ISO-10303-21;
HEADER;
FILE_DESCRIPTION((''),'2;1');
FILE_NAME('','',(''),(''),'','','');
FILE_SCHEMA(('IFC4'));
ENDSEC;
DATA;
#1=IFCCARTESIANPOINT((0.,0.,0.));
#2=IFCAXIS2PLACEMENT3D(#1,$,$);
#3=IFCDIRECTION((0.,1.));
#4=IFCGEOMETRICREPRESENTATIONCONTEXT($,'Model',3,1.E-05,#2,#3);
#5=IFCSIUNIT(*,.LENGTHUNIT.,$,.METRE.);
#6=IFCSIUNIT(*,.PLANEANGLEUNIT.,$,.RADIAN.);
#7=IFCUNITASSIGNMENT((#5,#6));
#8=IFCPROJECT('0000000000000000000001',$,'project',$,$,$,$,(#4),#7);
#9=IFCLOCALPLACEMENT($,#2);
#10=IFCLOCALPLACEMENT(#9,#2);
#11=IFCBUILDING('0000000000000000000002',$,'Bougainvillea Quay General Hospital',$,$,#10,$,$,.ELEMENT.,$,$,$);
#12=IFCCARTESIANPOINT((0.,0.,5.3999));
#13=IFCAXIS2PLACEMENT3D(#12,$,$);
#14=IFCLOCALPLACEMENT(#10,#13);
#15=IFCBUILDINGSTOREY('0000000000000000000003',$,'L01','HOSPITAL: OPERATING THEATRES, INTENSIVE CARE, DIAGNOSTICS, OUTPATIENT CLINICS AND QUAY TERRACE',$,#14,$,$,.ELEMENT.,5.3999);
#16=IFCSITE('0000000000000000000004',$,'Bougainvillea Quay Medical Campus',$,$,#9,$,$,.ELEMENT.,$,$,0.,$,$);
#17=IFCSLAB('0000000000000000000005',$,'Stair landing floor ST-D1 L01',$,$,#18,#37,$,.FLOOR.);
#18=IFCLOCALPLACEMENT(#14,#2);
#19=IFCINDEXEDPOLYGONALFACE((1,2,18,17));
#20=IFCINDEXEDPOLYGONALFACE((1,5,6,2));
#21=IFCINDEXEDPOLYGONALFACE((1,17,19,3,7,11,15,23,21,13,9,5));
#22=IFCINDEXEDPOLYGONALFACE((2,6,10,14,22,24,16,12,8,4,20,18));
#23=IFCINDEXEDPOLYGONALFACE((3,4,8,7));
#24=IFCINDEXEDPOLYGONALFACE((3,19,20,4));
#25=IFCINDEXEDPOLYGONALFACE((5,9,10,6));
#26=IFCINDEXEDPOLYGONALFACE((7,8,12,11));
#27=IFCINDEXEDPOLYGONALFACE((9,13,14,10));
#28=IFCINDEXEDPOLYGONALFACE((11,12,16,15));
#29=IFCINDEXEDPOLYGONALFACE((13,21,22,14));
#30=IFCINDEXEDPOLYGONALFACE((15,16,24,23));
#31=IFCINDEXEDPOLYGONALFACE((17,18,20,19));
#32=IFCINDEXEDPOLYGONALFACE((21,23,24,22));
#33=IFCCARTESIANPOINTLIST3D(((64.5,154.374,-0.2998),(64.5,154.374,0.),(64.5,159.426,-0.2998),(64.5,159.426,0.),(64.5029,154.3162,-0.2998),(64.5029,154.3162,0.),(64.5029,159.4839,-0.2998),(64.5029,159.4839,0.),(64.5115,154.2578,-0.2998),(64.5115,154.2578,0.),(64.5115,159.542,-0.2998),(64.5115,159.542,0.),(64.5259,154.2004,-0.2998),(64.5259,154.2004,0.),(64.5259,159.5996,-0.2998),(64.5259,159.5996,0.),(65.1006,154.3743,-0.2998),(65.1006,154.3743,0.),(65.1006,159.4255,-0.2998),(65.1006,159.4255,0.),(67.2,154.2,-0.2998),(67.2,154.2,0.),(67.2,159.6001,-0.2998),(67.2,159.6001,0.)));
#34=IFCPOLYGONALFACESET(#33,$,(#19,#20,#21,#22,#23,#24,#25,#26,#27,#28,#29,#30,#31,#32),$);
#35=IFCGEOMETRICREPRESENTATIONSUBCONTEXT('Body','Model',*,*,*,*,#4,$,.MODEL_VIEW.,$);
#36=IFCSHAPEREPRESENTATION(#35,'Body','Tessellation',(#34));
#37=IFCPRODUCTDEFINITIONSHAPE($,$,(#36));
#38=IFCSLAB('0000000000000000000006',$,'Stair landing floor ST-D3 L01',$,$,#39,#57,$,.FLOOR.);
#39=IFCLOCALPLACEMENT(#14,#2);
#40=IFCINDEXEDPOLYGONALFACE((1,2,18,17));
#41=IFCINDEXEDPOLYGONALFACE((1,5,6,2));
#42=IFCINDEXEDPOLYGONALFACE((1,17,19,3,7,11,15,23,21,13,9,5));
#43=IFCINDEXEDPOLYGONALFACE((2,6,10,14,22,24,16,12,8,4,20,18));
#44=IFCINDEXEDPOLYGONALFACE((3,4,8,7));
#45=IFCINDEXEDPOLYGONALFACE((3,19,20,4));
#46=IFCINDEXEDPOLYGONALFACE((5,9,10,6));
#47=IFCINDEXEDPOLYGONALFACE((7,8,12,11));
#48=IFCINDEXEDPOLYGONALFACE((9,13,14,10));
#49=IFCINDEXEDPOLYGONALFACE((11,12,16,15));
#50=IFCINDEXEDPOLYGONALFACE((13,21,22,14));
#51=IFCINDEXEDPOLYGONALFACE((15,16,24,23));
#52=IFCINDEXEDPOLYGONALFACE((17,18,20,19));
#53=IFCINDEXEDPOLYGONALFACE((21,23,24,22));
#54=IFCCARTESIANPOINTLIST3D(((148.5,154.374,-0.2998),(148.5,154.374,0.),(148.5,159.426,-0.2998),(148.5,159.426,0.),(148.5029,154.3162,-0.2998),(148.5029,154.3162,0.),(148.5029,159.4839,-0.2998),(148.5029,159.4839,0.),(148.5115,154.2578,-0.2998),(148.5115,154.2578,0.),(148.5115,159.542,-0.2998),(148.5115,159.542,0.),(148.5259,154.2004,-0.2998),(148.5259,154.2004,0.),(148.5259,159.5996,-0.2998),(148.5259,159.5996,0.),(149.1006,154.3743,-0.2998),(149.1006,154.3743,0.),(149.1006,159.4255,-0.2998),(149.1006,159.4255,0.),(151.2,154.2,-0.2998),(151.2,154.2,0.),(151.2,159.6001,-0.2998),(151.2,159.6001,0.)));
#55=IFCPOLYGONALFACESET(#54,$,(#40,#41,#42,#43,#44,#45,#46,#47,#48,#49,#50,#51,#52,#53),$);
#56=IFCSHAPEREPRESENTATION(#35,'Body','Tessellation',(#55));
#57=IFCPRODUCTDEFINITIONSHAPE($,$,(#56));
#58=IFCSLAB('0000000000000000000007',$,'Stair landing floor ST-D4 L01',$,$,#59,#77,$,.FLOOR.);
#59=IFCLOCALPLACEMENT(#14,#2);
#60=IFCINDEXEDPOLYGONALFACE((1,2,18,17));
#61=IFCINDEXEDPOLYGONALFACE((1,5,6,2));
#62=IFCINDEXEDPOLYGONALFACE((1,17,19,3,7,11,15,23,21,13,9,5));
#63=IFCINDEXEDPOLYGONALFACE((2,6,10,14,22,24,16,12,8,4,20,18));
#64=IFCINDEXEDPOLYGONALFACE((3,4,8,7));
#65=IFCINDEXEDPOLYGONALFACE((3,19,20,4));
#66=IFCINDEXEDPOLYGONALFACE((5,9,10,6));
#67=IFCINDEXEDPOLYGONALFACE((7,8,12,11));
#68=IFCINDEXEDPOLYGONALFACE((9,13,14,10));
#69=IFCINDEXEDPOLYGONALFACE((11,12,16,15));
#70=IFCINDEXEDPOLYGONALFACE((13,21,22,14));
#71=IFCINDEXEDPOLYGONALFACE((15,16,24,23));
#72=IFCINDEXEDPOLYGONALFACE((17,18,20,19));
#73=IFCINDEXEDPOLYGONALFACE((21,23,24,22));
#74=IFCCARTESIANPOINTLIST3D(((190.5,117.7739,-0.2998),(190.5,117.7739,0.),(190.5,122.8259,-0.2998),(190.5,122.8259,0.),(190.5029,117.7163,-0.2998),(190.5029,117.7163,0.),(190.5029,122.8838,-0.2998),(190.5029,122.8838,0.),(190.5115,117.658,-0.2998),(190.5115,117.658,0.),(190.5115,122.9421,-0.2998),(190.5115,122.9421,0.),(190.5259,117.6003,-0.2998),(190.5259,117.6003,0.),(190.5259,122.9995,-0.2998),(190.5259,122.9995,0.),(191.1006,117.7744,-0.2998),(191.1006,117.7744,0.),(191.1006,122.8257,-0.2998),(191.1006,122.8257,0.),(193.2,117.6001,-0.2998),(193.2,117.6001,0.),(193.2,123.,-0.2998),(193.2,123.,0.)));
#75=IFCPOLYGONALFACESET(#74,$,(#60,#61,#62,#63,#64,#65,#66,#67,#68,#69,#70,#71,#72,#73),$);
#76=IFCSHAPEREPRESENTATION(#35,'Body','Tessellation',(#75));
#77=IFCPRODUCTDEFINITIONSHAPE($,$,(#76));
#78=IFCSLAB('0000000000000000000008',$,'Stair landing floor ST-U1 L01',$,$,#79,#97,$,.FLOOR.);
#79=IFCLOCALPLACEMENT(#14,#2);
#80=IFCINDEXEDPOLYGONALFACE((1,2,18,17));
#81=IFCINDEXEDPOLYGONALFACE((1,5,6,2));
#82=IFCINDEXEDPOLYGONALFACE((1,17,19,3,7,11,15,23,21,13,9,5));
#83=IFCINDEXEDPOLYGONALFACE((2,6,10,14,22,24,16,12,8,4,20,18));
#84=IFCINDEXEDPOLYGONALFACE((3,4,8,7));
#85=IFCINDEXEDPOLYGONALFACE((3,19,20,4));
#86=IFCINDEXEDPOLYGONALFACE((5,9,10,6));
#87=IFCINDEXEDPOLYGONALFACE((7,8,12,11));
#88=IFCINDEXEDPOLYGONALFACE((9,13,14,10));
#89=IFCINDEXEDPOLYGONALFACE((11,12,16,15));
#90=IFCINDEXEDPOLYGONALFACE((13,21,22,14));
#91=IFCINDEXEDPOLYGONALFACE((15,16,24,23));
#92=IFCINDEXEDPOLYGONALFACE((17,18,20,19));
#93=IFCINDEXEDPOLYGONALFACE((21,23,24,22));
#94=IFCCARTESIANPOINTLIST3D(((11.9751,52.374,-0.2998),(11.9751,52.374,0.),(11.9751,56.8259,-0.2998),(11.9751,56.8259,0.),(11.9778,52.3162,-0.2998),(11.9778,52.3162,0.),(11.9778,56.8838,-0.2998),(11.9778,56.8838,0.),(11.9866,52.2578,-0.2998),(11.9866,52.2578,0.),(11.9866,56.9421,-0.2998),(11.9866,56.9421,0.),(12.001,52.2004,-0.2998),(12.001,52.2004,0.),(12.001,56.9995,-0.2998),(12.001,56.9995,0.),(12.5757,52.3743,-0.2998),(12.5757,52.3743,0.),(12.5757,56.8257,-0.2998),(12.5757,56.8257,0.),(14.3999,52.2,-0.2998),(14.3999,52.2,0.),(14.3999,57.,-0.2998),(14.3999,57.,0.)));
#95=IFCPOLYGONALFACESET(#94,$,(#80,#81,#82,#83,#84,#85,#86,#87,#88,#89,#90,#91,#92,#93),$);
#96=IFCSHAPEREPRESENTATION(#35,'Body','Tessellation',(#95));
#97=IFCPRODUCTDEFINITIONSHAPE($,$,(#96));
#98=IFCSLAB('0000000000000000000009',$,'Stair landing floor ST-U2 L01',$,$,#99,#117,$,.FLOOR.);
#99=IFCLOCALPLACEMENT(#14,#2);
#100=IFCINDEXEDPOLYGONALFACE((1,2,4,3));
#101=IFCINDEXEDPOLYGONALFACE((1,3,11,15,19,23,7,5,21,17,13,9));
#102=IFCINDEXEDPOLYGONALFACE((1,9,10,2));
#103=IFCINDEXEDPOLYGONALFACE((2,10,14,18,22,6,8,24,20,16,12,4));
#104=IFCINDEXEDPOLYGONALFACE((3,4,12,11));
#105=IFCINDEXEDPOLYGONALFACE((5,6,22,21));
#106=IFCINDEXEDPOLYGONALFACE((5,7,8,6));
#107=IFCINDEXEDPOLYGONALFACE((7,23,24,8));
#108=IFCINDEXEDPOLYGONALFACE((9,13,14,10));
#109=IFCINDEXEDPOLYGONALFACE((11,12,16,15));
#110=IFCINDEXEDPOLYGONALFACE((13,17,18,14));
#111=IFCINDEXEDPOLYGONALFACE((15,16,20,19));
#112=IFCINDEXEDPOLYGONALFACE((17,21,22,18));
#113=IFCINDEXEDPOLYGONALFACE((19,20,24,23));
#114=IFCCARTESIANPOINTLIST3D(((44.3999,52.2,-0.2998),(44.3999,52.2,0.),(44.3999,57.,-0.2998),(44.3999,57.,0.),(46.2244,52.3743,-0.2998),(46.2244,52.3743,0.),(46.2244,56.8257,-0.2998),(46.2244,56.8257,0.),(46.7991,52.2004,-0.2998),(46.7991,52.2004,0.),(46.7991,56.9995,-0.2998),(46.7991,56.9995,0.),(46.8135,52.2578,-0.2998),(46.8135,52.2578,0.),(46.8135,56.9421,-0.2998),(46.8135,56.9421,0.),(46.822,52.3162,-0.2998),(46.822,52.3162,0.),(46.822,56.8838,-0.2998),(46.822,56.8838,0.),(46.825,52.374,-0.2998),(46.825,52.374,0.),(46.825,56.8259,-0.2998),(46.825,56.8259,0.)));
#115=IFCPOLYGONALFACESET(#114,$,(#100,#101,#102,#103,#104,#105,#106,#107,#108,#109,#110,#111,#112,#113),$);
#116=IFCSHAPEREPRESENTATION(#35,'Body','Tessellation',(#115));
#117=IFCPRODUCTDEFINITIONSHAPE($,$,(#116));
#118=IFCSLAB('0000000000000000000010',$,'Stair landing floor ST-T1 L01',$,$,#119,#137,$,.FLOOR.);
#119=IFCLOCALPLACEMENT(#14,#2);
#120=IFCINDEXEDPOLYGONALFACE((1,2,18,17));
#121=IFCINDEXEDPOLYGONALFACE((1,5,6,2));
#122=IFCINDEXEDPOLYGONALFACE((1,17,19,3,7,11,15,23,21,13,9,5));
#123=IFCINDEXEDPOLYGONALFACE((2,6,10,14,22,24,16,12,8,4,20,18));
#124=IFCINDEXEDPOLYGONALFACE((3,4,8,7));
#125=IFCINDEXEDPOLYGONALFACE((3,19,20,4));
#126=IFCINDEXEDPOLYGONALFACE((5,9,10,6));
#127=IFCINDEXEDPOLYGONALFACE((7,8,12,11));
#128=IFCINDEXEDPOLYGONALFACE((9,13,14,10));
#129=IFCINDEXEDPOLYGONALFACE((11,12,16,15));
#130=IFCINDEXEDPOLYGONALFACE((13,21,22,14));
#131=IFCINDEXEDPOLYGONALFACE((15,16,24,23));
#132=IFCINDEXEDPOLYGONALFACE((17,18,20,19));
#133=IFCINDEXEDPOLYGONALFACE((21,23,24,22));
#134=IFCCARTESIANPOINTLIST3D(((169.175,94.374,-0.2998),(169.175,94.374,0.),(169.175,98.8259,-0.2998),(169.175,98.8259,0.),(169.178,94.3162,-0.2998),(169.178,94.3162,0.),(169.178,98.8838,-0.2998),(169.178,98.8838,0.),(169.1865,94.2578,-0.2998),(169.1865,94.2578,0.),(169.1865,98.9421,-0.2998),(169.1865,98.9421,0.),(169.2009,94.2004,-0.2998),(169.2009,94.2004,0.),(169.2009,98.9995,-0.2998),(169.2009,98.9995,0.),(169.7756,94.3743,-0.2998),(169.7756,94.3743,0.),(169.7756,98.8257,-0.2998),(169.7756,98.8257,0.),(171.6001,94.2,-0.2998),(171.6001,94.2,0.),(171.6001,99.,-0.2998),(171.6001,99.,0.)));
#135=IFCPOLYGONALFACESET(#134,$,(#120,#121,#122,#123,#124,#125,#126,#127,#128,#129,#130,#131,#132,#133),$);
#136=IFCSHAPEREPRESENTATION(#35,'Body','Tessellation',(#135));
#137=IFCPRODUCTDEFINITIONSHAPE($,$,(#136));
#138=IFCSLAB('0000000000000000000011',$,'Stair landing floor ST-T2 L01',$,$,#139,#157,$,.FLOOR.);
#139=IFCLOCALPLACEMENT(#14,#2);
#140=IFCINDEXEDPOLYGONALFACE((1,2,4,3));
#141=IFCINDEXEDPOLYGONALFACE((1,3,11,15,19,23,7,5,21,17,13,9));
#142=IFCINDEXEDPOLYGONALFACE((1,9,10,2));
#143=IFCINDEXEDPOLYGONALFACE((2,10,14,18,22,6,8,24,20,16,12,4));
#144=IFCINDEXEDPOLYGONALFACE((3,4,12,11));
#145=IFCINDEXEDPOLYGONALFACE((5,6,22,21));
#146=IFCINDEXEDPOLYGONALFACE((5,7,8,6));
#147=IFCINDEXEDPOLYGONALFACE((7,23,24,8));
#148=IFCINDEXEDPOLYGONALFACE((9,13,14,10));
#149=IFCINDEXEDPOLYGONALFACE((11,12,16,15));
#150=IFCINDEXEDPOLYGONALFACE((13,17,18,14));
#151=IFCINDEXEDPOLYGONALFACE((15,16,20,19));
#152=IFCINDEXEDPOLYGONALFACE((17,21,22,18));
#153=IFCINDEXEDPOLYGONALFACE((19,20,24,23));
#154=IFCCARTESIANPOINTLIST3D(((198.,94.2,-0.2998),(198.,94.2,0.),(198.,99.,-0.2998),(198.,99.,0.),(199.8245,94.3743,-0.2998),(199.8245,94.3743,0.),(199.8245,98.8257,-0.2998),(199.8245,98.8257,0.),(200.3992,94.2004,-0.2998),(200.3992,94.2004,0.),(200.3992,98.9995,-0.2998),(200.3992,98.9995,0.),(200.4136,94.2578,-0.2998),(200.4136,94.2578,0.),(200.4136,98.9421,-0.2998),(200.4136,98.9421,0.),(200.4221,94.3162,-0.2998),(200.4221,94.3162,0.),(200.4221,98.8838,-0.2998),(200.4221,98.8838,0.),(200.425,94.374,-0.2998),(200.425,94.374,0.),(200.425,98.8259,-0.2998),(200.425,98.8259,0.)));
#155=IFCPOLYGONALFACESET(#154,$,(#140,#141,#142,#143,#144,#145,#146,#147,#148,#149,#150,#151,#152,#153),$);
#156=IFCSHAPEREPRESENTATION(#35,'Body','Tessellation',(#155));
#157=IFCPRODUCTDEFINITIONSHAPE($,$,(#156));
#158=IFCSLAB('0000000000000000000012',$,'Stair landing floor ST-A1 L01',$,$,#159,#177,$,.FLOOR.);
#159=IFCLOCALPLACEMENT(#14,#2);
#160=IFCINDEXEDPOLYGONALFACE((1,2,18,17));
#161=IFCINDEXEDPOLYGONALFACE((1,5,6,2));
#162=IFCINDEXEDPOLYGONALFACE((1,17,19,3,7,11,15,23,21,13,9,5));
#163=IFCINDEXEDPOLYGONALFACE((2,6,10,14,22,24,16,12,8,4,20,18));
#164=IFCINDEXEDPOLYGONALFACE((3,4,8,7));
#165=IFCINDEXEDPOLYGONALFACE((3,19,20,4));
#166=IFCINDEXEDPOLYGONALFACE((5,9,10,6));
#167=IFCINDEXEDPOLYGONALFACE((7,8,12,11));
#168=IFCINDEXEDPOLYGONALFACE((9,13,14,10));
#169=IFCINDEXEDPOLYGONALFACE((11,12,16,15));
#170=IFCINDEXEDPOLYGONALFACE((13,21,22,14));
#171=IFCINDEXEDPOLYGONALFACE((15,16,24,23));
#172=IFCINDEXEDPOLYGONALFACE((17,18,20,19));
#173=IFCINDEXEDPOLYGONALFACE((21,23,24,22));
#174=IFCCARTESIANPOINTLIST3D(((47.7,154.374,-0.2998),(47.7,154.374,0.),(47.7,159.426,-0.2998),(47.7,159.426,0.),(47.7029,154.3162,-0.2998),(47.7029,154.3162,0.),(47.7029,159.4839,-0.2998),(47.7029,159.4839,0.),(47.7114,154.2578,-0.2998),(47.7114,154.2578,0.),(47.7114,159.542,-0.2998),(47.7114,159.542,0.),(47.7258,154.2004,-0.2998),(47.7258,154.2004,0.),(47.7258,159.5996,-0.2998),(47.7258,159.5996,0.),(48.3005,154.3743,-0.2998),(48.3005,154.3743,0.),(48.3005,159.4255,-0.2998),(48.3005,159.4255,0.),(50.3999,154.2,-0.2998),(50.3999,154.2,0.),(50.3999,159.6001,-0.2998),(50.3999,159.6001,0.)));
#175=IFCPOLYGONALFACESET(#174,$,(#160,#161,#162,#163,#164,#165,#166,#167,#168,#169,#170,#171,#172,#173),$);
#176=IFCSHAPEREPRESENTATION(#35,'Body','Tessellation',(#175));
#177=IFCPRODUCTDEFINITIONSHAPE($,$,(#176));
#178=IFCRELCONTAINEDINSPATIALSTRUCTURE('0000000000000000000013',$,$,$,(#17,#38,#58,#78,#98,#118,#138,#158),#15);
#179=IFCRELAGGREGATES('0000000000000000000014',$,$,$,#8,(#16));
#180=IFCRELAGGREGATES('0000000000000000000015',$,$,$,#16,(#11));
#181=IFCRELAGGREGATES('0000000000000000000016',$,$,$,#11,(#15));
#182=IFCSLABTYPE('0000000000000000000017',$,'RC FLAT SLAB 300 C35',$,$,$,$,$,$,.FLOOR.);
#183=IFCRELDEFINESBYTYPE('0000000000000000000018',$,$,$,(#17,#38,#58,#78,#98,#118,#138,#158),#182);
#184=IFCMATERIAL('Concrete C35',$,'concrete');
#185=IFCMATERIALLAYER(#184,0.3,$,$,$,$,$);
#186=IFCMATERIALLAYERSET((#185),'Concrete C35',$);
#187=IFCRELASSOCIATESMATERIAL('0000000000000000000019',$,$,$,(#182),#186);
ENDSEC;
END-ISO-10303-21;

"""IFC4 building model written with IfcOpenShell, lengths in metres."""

from ifc_helpers import new_model, si_unit, direction, frame, origin, place, context, subcontext, project, spatial, polyline, outline, extrude, material, layer, layer_set, type_object, element, save


model = new_model("IFC4")

# Units and contexts
model_context = context("Model", 3, precision=1e-05, world=origin(), true_north=direction((0.0, 1.0)))
body_context = subcontext(model_context, "Body", "Model", "MODEL_VIEW")
ifc_project = project(units=[si_unit("LENGTHUNIT", "METRE"), si_unit("PLANEANGLEUNIT", "RADIAN")], contexts=[model_context])

# Site, building, storey
site_placement = place(None, origin())
site = spatial("IfcSite", under=ifc_project, at=site_placement, Name="Bougainvillea Quay Medical Campus", CompositionType="ELEMENT", RefElevation=0.0)
building_placement = place(site_placement, origin())
building = spatial("IfcBuilding", under=site, at=building_placement, Name="Bougainvillea Quay General Hospital", CompositionType="ELEMENT")
storey_placement = place(building_placement, frame((0.0, 0.0, 5.3999)))
storey = spatial("IfcBuildingStorey", under=building, at=storey_placement, Name="L01", Description="HOSPITAL: OPERATING THEATRES, INTENSIVE CARE, DIAGNOSTICS, OUTPATIENT CLINICS AND QUAY TERRACE", CompositionType="ELEMENT", Elevation=5.3999)

# Slabs
ifc_material_1 = material(Name="Concrete C35", Category="concrete")
ifc_layer_1 = layer(ifc_material_1, 0.3)
ifc_layer_set_1 = layer_set([ifc_layer_1], Name="Concrete C35")
slab_type_1 = type_object("IfcSlabType", Name="RC FLAT SLAB 300 C35", PredefinedType="FLOOR", material=ifc_layer_set_1)
slab_1_placement = place(storey_placement, frame((0.0, 0.0, -0.2998)))
element("IfcSlab", 1, at=slab_1_placement, inside=storey, type_object=slab_type_1, Name="Stair landing floor ST-D1 L01", PredefinedType="FLOOR", context=body_context, shape_type="SweptSolid", body=[
    extrude(outline(polyline([(64.5029, 159.4839), (64.5115, 159.542), (64.5259, 159.5996), (67.2, 159.6001), (67.2, 154.2), (64.5259, 154.2004), (64.5115, 154.2578), (64.5029, 154.3162), (64.5, 154.374), (65.1006, 154.3743), (65.1006, 159.4255), (64.5, 159.426), (64.5029, 159.4839)])), origin(), (0.0, 0.0, 1.0), 0.2998),
])
slab_2_placement = place(storey_placement, frame((0.0, 0.0, -0.2998)))
element("IfcSlab", 2, at=slab_2_placement, inside=storey, type_object=slab_type_1, Name="Stair landing floor ST-D3 L01", PredefinedType="FLOOR", context=body_context, shape_type="SweptSolid", body=[
    extrude(outline(polyline([(148.5029, 159.4839), (148.5115, 159.542), (148.5259, 159.5996), (151.2, 159.6001), (151.2, 154.2), (148.5259, 154.2004), (148.5115, 154.2578), (148.5029, 154.3162), (148.5, 154.374), (149.1006, 154.3743), (149.1006, 159.4255), (148.5, 159.426), (148.5029, 159.4839)])), origin(), (0.0, 0.0, 1.0), 0.2998),
])
slab_3_placement = place(storey_placement, frame((0.0, 0.0, -0.2998)))
element("IfcSlab", 3, at=slab_3_placement, inside=storey, type_object=slab_type_1, Name="Stair landing floor ST-D4 L01", PredefinedType="FLOOR", context=body_context, shape_type="SweptSolid", body=[
    extrude(outline(polyline([(190.5029, 122.8838), (190.5115, 122.9421), (190.5259, 122.9995), (193.2, 123.0), (193.2, 117.6001), (190.5259, 117.6003), (190.5115, 117.658), (190.5029, 117.7163), (190.5, 117.7739), (191.1006, 117.7744), (191.1006, 122.8257), (190.5, 122.8259), (190.5029, 122.8838)])), origin(), (0.0, 0.0, 1.0), 0.2998),
])
slab_4_placement = place(storey_placement, frame((0.0, 0.0, -0.2998)))
element("IfcSlab", 4, at=slab_4_placement, inside=storey, type_object=slab_type_1, Name="Stair landing floor ST-U1 L01", PredefinedType="FLOOR", context=body_context, shape_type="SweptSolid", body=[
    extrude(outline(polyline([(11.9778, 56.8838), (11.9866, 56.9421), (12.001, 56.9995), (14.3999, 57.0), (14.3999, 52.2), (12.001, 52.2004), (11.9866, 52.2578), (11.9778, 52.3162), (11.9751, 52.374), (12.5757, 52.3743), (12.5757, 56.8257), (11.9751, 56.8259), (11.9778, 56.8838)])), origin(), (0.0, 0.0, 1.0), 0.2998),
])
slab_5_placement = place(storey_placement, frame((0.0, 0.0, -0.2998)))
element("IfcSlab", 5, at=slab_5_placement, inside=storey, type_object=slab_type_1, Name="Stair landing floor ST-U2 L01", PredefinedType="FLOOR", context=body_context, shape_type="SweptSolid", body=[
    extrude(outline(polyline([(46.822, 52.3162), (46.8135, 52.2578), (46.7991, 52.2004), (44.3999, 52.2), (44.3999, 57.0), (46.7991, 56.9995), (46.8135, 56.9421), (46.822, 56.8838), (46.825, 56.8259), (46.2244, 56.8257), (46.2244, 52.3743), (46.825, 52.374), (46.822, 52.3162)])), origin(), (0.0, 0.0, 1.0), 0.2998),
])
slab_6_placement = place(storey_placement, frame((0.0, 0.0, -0.2998)))
element("IfcSlab", 6, at=slab_6_placement, inside=storey, type_object=slab_type_1, Name="Stair landing floor ST-T1 L01", PredefinedType="FLOOR", context=body_context, shape_type="SweptSolid", body=[
    extrude(outline(polyline([(169.178, 98.8838), (169.1865, 98.9421), (169.2009, 98.9995), (171.6001, 99.0), (171.6001, 94.2), (169.2009, 94.2004), (169.1865, 94.2578), (169.178, 94.3162), (169.175, 94.374), (169.7756, 94.3743), (169.7756, 98.8257), (169.175, 98.8259), (169.178, 98.8838)])), origin(), (0.0, 0.0, 1.0), 0.2998),
])
slab_7_placement = place(storey_placement, frame((0.0, 0.0, -0.2998)))
element("IfcSlab", 7, at=slab_7_placement, inside=storey, type_object=slab_type_1, Name="Stair landing floor ST-T2 L01", PredefinedType="FLOOR", context=body_context, shape_type="SweptSolid", body=[
    extrude(outline(polyline([(200.4221, 94.3162), (200.4136, 94.2578), (200.3992, 94.2004), (198.0, 94.2), (198.0, 99.0), (200.3992, 98.9995), (200.4136, 98.9421), (200.4221, 98.8838), (200.425, 98.8259), (199.8245, 98.8257), (199.8245, 94.3743), (200.425, 94.374), (200.4221, 94.3162)])), origin(), (0.0, 0.0, 1.0), 0.2998),
])
slab_8_placement = place(storey_placement, frame((0.0, 0.0, -0.2998)))
element("IfcSlab", 8, at=slab_8_placement, inside=storey, type_object=slab_type_1, Name="Stair landing floor ST-A1 L01", PredefinedType="FLOOR", context=body_context, shape_type="SweptSolid", body=[
    extrude(outline(polyline([(47.7029, 159.4839), (47.7114, 159.542), (47.7258, 159.5996), (50.3999, 159.6001), (50.3999, 154.2), (47.7258, 154.2004), (47.7114, 154.2578), (47.7029, 154.3162), (47.7, 154.374), (48.3005, 154.3743), (48.3005, 159.4255), (47.7, 159.426), (47.7029, 159.4839)])), origin(), (0.0, 0.0, 1.0), 0.2998),
])

save(model, "model.ifc")
